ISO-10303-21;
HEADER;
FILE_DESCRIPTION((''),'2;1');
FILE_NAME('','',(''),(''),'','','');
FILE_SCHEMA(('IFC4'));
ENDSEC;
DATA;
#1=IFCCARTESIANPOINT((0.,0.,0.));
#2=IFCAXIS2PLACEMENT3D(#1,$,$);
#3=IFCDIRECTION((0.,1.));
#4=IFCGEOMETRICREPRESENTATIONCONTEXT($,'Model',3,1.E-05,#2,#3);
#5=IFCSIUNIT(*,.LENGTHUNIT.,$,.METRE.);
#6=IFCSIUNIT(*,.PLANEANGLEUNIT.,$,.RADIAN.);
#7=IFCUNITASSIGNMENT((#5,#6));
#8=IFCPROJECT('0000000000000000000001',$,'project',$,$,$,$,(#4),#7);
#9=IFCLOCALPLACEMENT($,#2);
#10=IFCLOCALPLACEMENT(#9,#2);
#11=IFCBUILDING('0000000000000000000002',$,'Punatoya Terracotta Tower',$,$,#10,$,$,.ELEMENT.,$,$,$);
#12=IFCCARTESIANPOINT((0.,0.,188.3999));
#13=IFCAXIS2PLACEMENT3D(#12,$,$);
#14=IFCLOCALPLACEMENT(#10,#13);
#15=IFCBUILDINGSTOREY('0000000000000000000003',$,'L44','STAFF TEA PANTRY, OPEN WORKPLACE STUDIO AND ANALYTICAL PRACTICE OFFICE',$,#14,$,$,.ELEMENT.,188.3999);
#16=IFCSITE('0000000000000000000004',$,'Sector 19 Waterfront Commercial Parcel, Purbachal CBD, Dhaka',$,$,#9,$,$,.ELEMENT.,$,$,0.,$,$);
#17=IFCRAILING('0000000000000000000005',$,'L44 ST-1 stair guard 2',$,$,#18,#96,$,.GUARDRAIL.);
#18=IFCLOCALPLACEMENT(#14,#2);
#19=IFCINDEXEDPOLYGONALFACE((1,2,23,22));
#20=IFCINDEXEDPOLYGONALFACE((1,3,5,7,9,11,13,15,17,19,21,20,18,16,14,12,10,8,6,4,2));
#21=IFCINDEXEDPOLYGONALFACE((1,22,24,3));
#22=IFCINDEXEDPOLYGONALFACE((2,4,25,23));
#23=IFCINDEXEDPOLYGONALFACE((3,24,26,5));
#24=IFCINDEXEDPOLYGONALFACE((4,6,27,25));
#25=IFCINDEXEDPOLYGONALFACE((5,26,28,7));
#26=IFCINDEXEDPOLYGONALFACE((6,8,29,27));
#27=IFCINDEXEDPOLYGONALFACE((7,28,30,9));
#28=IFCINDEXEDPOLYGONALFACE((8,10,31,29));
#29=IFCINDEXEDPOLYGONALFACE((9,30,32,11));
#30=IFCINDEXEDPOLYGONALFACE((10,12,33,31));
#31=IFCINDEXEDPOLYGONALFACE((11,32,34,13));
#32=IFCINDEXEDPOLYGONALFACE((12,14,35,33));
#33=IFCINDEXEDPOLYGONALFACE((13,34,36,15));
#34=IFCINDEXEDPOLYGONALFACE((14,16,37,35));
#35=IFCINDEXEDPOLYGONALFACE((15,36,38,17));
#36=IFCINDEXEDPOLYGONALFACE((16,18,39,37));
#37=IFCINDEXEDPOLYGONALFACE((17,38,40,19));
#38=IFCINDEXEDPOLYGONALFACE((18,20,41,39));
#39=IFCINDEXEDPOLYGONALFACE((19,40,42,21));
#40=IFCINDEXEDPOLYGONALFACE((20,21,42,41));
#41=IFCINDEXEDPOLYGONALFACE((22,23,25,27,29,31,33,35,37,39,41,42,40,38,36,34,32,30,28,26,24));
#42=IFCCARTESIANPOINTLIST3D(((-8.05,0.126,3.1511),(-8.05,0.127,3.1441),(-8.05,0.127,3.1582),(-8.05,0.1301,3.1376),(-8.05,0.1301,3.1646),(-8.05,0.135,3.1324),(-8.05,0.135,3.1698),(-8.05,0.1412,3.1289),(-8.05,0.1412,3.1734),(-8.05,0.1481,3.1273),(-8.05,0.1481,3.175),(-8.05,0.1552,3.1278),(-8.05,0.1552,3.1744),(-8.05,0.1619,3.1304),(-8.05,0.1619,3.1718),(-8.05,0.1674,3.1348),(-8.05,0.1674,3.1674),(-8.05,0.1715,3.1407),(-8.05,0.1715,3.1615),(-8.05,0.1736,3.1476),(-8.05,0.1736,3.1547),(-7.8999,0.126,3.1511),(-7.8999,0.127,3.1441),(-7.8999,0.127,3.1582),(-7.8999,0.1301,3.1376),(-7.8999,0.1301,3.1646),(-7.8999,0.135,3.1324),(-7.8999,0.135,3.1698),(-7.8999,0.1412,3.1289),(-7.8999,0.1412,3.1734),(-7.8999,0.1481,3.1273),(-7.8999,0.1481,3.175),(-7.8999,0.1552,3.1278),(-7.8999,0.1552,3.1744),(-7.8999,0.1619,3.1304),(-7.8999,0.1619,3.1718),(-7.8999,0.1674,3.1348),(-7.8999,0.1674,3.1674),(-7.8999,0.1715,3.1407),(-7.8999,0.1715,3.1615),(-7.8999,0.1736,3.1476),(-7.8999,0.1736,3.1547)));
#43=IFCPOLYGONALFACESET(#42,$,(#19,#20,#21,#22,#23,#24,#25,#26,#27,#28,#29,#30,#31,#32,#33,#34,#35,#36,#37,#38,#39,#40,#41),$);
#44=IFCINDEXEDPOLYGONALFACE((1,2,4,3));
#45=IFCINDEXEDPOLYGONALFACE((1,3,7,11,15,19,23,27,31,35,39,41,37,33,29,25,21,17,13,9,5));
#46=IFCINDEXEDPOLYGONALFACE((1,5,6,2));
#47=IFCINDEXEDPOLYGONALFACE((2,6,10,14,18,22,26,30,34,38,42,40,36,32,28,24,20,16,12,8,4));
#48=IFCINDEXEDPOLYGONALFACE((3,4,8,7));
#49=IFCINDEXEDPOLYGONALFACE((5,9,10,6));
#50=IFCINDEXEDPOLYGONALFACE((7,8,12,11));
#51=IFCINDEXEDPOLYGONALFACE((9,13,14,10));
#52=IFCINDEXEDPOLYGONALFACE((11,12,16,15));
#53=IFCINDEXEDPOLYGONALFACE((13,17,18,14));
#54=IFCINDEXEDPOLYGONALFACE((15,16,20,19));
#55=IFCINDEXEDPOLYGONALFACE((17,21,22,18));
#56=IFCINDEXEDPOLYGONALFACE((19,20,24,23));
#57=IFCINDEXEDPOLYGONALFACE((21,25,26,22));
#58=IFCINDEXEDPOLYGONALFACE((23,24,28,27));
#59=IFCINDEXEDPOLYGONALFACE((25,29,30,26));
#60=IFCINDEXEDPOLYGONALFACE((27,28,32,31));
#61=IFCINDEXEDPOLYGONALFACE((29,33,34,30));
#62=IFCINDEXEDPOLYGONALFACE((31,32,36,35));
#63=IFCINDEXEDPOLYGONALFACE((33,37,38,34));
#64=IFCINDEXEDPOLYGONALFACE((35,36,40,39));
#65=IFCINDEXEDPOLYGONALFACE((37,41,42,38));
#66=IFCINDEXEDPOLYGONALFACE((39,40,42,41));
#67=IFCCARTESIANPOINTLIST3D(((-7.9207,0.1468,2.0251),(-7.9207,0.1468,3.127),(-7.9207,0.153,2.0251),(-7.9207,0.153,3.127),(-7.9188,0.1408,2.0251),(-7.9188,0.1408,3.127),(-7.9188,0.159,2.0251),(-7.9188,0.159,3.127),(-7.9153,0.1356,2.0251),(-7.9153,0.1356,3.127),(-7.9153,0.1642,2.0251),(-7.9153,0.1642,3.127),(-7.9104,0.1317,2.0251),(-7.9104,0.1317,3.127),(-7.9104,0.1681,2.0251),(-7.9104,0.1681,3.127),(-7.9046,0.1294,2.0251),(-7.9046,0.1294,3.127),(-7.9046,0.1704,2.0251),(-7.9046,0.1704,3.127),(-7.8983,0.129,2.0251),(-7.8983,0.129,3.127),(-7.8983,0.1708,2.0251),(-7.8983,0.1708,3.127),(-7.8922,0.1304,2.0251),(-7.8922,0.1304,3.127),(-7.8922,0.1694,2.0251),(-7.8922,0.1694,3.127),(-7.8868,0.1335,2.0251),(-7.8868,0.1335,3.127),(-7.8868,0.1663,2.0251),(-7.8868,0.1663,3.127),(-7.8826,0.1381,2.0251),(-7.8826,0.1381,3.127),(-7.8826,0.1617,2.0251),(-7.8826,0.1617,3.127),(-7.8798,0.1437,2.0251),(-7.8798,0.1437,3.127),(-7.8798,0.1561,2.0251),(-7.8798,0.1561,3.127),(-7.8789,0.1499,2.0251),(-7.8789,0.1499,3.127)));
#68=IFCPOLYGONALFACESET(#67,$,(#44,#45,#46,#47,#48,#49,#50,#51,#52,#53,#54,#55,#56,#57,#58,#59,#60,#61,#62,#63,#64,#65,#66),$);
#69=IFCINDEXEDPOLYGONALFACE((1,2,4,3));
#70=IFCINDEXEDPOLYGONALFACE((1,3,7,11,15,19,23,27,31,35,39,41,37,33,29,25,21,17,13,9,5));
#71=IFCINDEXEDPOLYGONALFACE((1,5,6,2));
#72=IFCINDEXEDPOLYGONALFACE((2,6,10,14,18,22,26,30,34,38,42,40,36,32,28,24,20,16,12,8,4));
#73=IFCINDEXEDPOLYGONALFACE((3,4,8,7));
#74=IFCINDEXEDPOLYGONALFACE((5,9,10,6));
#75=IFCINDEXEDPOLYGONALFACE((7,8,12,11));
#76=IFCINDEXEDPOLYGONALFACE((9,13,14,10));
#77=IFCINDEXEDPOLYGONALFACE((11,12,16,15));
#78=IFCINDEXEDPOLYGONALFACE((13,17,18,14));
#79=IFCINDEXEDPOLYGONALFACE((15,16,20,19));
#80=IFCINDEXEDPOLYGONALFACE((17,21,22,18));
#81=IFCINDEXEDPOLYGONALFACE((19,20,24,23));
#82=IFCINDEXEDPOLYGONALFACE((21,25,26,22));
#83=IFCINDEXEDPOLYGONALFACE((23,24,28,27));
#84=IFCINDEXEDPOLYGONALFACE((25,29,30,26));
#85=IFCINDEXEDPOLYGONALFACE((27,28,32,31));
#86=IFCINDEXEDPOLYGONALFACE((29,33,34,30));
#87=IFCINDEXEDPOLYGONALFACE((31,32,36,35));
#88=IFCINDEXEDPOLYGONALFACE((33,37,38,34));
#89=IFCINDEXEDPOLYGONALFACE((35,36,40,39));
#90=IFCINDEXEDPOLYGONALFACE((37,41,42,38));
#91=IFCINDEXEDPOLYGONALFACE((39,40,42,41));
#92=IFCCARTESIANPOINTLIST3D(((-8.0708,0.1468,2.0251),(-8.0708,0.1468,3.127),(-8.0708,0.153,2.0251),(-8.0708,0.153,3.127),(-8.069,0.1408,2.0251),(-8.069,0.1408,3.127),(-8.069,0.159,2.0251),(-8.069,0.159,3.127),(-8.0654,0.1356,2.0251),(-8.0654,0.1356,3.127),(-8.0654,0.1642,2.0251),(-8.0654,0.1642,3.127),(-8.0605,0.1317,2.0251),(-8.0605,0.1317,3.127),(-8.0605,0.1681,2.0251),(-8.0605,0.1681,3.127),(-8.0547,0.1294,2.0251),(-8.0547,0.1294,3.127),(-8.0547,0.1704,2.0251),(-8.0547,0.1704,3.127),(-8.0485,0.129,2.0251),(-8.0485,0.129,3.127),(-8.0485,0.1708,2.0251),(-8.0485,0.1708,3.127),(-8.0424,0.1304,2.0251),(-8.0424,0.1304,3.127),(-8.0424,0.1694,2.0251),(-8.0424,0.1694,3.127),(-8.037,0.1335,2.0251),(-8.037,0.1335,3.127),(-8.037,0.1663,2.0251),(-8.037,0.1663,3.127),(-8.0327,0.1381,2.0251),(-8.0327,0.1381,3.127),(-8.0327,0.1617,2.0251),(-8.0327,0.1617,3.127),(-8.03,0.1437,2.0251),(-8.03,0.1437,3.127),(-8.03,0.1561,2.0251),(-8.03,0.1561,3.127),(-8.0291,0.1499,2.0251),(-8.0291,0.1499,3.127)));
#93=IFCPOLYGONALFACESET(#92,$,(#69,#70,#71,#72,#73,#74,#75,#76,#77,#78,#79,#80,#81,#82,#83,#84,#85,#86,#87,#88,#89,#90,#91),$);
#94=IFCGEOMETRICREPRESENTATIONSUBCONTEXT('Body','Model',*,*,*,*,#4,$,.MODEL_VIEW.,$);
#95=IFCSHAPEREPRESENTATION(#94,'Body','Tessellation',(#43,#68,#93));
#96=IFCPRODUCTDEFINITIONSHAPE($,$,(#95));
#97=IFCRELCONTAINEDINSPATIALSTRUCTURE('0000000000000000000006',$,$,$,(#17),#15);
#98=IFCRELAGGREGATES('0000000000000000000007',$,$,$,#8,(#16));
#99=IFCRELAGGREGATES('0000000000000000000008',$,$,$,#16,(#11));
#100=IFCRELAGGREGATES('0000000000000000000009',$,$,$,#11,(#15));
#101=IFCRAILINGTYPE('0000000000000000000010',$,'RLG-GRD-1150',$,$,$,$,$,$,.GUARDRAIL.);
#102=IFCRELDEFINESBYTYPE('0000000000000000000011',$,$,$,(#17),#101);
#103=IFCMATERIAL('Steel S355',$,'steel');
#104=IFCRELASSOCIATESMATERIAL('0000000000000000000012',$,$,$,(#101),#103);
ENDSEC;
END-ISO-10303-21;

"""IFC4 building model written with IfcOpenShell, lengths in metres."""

from ifc_helpers import new_model, si_unit, direction, frame, origin, origin_2d, place, context, subcontext, project, spatial, circle, extrude, material, type_object, element, save


model = new_model("IFC4")

# Units and contexts
model_context = context("Model", 3, precision=1e-05, world=origin(), true_north=direction((0.0, 1.0)))
body_context = subcontext(model_context, "Body", "Model", "MODEL_VIEW")
ifc_project = project(units=[si_unit("LENGTHUNIT", "METRE"), si_unit("PLANEANGLEUNIT", "RADIAN")], contexts=[model_context])

# Site, building, storey
site_placement = place(None, origin())
site = spatial("IfcSite", under=ifc_project, at=site_placement, Name="Sector 19 Waterfront Commercial Parcel, Purbachal CBD, Dhaka", CompositionType="ELEMENT", RefElevation=0.0)
building_placement = place(site_placement, origin())
building = spatial("IfcBuilding", under=site, at=building_placement, Name="Punatoya Terracotta Tower", CompositionType="ELEMENT")
storey_placement = place(building_placement, frame((0.0, 0.0, 188.3999)))
storey = spatial("IfcBuildingStorey", under=building, at=storey_placement, Name="L44", Description="STAFF TEA PANTRY, OPEN WORKPLACE STUDIO AND ANALYTICAL PRACTICE OFFICE", CompositionType="ELEMENT", Elevation=188.3999)

# Shared definitions
ifc_material_1 = material(Name="Steel S355", Category="steel")

# Railing
railing_type_1 = type_object("IfcRailingType", Name="RLG-GRD-1150", PredefinedType="GUARDRAIL", material=ifc_material_1)
railing_1_placement = place(storey_placement, frame((-7.8999, 0.1499, 2.0251)))
element("IfcRailing", 1, at=railing_1_placement, inside=storey, type_object=railing_type_1, Name="L44 ST-1 stair guard 2", PredefinedType="GUARDRAIL", context=body_context, shape_type="SweptSolid", body=[
    extrude(circle(Radius=0.0239, at=origin_2d()), frame((0.0, 0.0, 1.126), z_axis=(-1.0, 0.0, 0.0), x_axis=(0.0, -1.0, 0.0)), (0.0, 0.0, 1.0), 0.1501),
    extrude(circle(Radius=0.021, at=origin_2d()), origin(), (0.0, 0.0, 1.0), 1.1018),
    extrude(circle(Radius=0.021, at=origin_2d()), frame((-0.1501, 0.0, 0.0)), (0.0, 0.0, 1.0), 1.1018),
])

save(model, "model.ifc")
